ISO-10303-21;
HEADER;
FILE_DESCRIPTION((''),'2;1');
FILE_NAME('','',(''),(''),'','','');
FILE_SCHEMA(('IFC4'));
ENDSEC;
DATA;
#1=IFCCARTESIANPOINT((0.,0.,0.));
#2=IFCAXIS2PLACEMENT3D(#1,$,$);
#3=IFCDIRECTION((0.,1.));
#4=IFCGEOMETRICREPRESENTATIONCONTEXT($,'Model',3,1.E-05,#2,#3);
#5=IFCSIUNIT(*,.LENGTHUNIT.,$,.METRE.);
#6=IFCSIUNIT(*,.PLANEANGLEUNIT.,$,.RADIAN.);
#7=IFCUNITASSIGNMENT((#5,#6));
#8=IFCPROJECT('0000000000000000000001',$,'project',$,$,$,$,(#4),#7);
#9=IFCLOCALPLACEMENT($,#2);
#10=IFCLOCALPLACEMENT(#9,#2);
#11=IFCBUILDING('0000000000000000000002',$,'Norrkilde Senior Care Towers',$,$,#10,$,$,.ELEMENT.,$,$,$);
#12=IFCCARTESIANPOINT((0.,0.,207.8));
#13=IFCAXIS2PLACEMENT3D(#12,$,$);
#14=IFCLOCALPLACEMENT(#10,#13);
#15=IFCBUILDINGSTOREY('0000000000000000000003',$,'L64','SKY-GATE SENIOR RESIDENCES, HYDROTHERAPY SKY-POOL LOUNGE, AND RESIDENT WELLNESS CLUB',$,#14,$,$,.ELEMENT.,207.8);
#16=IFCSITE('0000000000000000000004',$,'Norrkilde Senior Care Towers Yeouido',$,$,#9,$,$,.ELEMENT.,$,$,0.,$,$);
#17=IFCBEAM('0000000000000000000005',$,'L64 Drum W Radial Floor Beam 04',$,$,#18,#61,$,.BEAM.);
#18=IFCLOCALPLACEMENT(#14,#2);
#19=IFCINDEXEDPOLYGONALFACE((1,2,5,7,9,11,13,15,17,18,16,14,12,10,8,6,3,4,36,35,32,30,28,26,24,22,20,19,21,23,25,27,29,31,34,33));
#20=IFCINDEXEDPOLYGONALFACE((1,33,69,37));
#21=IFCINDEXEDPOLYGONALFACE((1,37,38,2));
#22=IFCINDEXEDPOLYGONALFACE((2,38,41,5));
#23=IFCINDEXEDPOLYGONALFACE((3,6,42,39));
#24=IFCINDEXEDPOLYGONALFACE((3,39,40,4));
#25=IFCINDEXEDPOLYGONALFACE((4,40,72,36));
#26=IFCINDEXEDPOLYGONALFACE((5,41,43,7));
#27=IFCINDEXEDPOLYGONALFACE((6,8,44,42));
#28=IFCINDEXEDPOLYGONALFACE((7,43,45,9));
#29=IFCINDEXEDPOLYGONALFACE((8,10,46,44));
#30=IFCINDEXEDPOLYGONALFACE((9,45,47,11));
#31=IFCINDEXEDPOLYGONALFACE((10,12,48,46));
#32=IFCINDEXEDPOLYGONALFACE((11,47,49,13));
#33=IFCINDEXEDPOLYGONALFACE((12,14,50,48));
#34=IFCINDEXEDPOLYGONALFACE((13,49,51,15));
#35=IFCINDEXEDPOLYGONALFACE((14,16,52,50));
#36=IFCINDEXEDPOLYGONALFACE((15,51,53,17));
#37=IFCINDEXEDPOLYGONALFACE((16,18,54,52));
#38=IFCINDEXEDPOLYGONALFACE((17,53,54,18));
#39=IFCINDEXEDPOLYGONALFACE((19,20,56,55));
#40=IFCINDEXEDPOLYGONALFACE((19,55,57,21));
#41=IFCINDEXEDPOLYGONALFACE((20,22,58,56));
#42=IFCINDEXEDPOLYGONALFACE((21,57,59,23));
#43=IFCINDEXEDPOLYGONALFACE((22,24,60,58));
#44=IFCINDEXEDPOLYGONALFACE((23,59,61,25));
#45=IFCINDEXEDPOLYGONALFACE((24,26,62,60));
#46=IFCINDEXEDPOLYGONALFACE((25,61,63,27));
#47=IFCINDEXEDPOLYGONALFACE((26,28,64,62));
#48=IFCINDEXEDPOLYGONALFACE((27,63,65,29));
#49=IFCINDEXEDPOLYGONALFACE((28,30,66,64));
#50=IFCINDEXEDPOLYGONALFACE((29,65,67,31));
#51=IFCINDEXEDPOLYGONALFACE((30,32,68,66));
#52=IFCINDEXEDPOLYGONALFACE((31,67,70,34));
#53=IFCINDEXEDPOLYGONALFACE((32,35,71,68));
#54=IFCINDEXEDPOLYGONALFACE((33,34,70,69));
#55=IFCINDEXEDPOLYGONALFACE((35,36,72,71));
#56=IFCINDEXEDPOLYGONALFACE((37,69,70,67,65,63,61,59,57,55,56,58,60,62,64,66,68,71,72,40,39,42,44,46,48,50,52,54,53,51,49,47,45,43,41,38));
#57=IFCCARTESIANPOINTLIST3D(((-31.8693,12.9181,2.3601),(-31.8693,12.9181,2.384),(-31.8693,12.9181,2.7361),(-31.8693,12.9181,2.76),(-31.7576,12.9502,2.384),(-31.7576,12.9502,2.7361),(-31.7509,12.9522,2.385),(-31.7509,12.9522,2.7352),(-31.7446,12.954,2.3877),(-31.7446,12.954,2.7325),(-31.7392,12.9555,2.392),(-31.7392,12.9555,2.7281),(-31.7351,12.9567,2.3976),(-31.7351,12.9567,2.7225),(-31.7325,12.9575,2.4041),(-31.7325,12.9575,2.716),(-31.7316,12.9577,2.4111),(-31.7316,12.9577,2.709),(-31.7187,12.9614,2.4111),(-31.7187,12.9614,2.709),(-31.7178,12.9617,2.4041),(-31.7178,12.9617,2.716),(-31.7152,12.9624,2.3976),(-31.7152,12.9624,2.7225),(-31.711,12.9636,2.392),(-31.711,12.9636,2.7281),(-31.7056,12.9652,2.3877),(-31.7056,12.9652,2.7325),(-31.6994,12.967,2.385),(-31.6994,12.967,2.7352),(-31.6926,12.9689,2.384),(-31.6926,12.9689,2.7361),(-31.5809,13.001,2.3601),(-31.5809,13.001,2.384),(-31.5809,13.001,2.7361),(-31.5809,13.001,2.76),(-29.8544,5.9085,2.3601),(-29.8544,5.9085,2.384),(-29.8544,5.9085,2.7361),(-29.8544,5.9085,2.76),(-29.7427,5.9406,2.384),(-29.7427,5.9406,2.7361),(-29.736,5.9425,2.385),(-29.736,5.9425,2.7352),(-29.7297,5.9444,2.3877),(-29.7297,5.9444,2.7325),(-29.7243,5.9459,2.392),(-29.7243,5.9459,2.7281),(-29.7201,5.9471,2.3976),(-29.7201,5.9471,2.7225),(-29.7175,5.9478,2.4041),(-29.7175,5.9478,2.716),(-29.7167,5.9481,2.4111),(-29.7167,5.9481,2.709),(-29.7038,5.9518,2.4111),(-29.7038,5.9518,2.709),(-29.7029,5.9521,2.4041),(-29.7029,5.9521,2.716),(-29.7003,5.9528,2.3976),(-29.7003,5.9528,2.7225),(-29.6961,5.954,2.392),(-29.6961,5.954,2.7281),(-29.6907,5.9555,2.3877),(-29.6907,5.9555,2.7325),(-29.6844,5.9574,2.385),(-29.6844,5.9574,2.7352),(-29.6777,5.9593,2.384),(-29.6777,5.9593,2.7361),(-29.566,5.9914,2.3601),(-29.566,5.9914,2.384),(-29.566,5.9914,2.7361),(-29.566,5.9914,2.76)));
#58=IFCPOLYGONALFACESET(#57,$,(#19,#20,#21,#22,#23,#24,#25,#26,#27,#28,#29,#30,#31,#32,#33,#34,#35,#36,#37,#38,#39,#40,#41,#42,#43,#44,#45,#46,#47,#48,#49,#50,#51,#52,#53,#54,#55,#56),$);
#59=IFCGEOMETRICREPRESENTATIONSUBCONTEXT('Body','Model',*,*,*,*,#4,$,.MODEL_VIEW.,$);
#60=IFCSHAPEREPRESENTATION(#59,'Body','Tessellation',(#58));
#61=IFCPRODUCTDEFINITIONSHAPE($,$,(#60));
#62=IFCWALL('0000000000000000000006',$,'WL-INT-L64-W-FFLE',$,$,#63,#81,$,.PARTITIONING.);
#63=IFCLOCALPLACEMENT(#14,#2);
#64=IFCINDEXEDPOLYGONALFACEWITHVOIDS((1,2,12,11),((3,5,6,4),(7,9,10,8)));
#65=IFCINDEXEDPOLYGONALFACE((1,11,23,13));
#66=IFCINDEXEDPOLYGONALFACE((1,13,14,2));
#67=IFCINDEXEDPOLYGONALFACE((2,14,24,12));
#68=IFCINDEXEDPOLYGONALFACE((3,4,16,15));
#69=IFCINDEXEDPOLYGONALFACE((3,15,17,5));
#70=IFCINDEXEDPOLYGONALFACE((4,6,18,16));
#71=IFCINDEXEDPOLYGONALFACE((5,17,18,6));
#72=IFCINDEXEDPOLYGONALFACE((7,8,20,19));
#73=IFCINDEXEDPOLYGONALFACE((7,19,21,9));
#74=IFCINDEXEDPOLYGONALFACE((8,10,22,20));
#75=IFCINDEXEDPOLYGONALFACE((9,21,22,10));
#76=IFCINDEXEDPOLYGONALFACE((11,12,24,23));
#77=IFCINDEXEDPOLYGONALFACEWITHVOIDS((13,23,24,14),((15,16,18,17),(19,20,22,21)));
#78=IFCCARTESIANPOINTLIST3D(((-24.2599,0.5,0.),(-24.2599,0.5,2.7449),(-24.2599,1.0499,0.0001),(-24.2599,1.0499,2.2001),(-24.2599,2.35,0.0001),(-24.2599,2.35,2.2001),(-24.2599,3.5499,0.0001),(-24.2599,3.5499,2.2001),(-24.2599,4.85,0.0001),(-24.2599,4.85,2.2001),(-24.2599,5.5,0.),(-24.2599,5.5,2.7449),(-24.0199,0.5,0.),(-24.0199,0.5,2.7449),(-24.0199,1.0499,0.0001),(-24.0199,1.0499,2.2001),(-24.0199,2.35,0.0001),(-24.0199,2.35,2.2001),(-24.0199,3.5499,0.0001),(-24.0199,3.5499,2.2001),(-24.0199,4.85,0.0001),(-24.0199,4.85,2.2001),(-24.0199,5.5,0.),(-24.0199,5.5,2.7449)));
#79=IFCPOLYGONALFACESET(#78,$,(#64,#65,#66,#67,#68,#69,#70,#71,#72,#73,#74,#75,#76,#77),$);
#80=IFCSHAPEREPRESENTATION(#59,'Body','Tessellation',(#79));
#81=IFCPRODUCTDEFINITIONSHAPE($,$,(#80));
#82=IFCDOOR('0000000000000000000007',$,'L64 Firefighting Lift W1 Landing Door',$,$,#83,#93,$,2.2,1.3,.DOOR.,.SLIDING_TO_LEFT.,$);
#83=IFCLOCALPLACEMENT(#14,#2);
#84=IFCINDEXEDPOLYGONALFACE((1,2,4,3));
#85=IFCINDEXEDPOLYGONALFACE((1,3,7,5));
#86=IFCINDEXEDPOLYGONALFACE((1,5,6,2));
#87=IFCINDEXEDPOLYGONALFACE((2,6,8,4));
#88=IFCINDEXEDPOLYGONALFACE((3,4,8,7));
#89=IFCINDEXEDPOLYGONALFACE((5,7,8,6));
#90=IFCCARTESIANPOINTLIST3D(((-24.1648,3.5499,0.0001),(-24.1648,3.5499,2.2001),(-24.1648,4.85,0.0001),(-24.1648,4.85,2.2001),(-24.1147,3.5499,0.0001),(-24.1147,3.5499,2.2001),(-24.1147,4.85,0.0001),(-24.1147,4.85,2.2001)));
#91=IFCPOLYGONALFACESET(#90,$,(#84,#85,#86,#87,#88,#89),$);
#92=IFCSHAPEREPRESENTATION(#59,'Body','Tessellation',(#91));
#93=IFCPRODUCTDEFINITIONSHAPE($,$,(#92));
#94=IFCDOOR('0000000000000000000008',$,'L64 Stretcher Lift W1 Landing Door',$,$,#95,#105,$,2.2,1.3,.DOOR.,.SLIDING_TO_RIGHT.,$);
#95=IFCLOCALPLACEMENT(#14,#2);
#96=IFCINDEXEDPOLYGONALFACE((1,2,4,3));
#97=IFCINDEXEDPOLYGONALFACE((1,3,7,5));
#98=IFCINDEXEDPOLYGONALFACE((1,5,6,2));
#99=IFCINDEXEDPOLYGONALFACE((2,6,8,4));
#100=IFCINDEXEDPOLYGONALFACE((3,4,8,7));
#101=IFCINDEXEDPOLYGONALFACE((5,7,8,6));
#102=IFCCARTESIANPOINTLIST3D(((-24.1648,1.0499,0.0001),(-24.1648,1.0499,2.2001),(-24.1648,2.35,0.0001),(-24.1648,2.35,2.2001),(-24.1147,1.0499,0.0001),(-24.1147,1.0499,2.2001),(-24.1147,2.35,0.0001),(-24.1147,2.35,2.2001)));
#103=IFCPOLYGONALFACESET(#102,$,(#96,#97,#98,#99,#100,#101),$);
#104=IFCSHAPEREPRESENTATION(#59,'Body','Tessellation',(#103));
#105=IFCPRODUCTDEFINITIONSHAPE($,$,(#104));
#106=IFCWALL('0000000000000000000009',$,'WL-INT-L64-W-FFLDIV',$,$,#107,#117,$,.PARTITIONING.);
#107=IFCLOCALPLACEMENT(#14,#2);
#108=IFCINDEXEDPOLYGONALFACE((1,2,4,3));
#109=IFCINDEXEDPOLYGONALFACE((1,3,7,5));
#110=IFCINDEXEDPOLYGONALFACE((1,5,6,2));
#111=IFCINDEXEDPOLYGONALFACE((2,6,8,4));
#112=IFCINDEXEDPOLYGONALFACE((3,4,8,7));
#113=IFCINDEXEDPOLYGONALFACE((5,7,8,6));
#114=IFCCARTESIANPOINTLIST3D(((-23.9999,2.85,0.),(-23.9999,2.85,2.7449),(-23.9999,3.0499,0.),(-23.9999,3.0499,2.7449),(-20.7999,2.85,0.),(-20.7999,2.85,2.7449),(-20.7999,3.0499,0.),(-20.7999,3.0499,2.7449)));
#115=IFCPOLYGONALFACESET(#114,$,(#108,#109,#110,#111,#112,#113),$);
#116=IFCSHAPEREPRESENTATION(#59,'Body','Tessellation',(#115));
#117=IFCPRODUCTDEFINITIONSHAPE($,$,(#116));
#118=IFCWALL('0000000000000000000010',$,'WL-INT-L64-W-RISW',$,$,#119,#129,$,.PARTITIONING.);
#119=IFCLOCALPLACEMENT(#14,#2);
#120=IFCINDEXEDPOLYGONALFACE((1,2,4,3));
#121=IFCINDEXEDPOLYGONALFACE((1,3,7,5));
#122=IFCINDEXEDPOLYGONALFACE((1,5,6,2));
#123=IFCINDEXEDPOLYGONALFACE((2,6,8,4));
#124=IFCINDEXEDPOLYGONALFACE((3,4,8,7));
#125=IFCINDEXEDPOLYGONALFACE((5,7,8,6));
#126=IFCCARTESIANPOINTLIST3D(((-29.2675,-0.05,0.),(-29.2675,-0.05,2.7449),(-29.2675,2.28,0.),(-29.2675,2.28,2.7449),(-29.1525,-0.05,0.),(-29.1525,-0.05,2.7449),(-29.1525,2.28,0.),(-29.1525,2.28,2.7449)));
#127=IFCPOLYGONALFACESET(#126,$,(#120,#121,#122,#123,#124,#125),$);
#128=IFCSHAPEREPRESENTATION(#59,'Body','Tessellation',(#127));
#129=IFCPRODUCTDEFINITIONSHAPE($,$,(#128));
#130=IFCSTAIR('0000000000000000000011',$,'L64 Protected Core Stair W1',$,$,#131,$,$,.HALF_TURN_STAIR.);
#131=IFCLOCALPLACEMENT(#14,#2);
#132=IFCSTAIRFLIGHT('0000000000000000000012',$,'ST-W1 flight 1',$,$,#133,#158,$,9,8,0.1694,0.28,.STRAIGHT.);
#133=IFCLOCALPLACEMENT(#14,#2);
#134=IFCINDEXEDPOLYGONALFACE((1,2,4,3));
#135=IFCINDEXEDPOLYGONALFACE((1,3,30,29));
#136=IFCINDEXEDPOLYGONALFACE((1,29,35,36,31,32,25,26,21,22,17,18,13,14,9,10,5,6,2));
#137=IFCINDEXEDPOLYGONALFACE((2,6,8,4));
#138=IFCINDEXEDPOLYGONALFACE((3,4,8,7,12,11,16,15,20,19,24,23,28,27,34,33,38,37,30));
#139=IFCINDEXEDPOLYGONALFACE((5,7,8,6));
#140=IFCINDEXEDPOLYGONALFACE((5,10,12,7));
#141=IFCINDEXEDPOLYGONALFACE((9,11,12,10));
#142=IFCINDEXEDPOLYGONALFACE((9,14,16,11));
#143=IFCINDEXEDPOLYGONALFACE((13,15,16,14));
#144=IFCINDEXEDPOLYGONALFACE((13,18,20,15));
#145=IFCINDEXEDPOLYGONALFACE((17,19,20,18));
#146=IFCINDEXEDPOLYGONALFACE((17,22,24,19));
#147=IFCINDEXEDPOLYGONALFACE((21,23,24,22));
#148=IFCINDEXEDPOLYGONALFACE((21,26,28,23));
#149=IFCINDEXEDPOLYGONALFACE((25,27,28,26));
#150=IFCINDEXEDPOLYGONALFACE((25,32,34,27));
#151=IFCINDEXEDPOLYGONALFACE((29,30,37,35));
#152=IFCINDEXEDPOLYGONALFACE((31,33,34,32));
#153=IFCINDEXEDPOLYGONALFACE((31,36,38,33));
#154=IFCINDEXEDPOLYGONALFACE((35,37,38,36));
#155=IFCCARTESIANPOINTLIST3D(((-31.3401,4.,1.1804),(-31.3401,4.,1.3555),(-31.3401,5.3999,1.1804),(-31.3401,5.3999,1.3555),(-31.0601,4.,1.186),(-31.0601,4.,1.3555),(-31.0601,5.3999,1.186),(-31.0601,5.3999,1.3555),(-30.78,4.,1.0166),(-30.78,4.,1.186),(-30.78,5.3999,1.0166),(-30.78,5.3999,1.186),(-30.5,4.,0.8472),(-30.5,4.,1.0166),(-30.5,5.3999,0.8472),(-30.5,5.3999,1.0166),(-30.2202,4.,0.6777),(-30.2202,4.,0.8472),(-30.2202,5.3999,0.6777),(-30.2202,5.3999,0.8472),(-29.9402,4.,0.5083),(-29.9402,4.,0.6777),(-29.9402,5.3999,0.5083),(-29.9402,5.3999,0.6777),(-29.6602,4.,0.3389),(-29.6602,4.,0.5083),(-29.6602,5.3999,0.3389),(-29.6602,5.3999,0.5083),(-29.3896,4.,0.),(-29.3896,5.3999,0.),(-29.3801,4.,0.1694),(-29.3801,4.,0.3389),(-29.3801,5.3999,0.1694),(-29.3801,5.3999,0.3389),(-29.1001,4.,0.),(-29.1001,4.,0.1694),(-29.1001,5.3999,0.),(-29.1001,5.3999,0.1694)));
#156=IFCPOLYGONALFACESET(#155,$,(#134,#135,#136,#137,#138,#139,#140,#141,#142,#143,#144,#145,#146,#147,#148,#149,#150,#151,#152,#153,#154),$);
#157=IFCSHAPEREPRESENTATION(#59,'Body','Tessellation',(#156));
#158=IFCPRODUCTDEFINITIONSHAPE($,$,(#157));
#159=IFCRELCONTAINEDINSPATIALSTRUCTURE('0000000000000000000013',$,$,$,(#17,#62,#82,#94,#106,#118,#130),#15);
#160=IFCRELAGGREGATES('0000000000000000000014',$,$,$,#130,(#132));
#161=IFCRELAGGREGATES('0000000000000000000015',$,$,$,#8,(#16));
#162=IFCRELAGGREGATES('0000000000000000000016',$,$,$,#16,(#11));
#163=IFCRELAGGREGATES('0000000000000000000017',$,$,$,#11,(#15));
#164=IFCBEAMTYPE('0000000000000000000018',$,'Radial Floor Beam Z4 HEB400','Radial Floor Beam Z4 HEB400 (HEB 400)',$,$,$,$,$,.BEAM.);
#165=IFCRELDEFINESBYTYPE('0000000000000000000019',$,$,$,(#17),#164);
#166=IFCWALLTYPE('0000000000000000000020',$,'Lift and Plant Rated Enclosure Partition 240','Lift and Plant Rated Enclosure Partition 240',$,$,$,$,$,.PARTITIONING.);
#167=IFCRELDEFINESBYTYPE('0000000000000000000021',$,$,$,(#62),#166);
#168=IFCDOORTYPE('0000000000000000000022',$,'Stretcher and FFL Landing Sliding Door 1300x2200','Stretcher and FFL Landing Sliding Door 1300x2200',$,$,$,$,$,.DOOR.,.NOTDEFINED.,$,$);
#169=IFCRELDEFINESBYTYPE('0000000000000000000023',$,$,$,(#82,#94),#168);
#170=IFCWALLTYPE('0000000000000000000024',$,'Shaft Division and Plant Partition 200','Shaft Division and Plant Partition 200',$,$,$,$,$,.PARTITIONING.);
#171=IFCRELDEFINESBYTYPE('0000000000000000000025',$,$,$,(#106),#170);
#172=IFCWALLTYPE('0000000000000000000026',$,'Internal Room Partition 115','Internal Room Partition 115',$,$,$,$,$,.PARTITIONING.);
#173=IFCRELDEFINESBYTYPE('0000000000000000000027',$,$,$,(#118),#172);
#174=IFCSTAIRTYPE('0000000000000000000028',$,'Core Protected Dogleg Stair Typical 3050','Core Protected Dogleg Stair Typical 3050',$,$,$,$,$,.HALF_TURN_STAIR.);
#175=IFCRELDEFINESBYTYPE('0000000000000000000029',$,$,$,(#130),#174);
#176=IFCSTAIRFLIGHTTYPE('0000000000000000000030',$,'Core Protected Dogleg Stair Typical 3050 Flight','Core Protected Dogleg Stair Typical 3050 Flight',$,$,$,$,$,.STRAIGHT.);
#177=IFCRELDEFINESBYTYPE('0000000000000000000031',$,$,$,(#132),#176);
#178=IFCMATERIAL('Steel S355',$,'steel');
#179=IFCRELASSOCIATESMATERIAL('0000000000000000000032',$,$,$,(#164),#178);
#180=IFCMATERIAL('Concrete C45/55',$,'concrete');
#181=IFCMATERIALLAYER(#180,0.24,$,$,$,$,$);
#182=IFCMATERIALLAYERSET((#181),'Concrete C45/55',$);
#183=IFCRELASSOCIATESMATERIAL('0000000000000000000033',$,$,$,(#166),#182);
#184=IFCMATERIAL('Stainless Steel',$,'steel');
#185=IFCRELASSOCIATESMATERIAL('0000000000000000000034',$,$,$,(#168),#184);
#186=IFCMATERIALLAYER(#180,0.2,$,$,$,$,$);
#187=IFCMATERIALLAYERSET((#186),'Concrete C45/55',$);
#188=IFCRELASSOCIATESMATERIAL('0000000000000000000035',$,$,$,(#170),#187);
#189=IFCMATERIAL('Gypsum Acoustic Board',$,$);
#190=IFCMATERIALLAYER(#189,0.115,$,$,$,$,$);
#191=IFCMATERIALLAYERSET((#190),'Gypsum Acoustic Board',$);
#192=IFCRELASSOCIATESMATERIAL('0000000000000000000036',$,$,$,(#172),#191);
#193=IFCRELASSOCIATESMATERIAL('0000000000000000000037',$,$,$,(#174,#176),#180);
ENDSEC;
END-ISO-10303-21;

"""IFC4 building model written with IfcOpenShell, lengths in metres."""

from ifc_helpers import new_model, si_unit, direction, frame, frame_2d, origin, origin_2d, place, context, subcontext, project, spatial, polyline, rectangle, i_section, outline, extrude, source, transform, mapped, material, layer, layer_set, material_profile, profile_set, type_object, type_shapes, element, fill, aggregate, save


model = new_model("IFC4")

# Units and contexts
model_context = context("Model", 3, precision=1e-05, world=origin(), true_north=direction((0.0, 1.0)))
body_context = subcontext(model_context, "Body", "Model", "MODEL_VIEW")
ifc_project = project(units=[si_unit("LENGTHUNIT", "METRE"), si_unit("PLANEANGLEUNIT", "RADIAN")], contexts=[model_context])

# Site, building, storey
site_placement = place(None, origin())
site = spatial("IfcSite", under=ifc_project, at=site_placement, Name="Norrkilde Senior Care Towers Yeouido", CompositionType="ELEMENT", RefElevation=0.0)
building_placement = place(site_placement, origin())
building = spatial("IfcBuilding", under=site, at=building_placement, Name="Norrkilde Senior Care Towers", CompositionType="ELEMENT")
storey_placement = place(building_placement, frame((0.0, 0.0, 207.8)))
storey = spatial("IfcBuildingStorey", under=building, at=storey_placement, Name="L64", Description="SKY-GATE SENIOR RESIDENCES, HYDROTHERAPY SKY-POOL LOUNGE, AND RESIDENT WELLNESS CLUB", CompositionType="ELEMENT", Elevation=207.8)

# Beam
ifc_material_1 = material(Name="Steel S355", Category="steel")
ifc_material_profile = material_profile(ifc_material_1, i_section(OverallWidth=0.3, OverallDepth=0.3999, WebThickness=0.0134, FlangeThickness=0.0239, FilletRadius=0.0271, at=origin_2d()), Name="HEB 400")
ifc_profile_set = profile_set([ifc_material_profile], Name="Steel S355")
beam_type = type_object("IfcBeamType", Name="Radial Floor Beam Z4 HEB400", Description="Radial Floor Beam Z4 HEB400 (HEB 400)", PredefinedType="BEAM", material=ifc_profile_set)
shared_shape_1 = source(origin(), body_context, "Body", "SweptSolid", [
    extrude(i_section(OverallWidth=0.3, OverallDepth=0.3999, WebThickness=0.0134, FlangeThickness=0.0239, FilletRadius=0.0271, at=origin_2d()), origin(), (0.0, 0.0, 1.0), 7.2935),
])
type_shapes(beam_type, [shared_shape_1])
beam_placement = place(storey_placement, frame((-29.7102, 5.95, 2.5601), z_axis=(-0.276264, 0.961082, 0.0), x_axis=(-0.961082, -0.276264, 0.0)))
element("IfcBeam", 1, at=beam_placement, inside=storey, type_object=beam_type, Name="L64 Drum W Radial Floor Beam 04", PredefinedType="BEAM", context=body_context, shape_type="MappedRepresentation", body=[
    mapped(shared_shape_1, transform((0.0, 0.0, 0.0), x_axis=(1.0, 0.0, 0.0), y_axis=(0.0, 1.0, 0.0), z_axis=(0.0, 0.0, 1.0), scale=1.0)),
])

# Shared definitions
ifc_material_2 = material(Name="Concrete C45/55", Category="concrete")

# Wall, openings, doors
ifc_layer_1 = layer(ifc_material_2, 0.24)
ifc_layer_set_1 = layer_set([ifc_layer_1], Name="Concrete C45/55")
wall_type_1 = type_object("IfcWallType", Name="Lift and Plant Rated Enclosure Partition 240", Description="Lift and Plant Rated Enclosure Partition 240", PredefinedType="PARTITIONING", material=ifc_layer_set_1)
shared_shape_2 = source(origin(), body_context, "Body", "SweptSolid", [
    extrude(rectangle(XDim=5.0, YDim=0.24, at=frame_2d((2.5, 0.0))), origin(), (0.0, 0.0, 1.0), 2.7449),
])
type_shapes(wall_type_1, [shared_shape_2])
wall_1_placement = place(storey_placement, frame((-24.1399, 0.5, 0.0), z_axis=(0.0, 0.0, 1.0), x_axis=(0.0, 1.0, 0.0)))
wall_1 = element("IfcWall", 2, at=wall_1_placement, inside=storey, type_object=wall_type_1, Name="WL-INT-L64-W-FFLE", PredefinedType="PARTITIONING", context=body_context, shape_type="MappedRepresentation", body=[
    mapped(shared_shape_2, transform((0.0, 0.0, 0.0), x_axis=(1.0, 0.0, 0.0), y_axis=(0.0, 1.0, 0.0), z_axis=(0.0, 0.0, 1.0), scale=1.0)),
])
opening_1_placement = place(wall_1_placement, frame((3.05, 0.0, 0.0)))
opening_1 = element("IfcOpeningElement", 3, at=opening_1_placement, cuts=wall_1, PredefinedType="OPENING", context=body_context, shape_type="SweptSolid", body=[
    extrude(rectangle(XDim=1.3, YDim=2.2, at=frame_2d((0.6499, 1.1001))), frame((0.0, 0.1299, 0.0), z_axis=(0.0, -1.0, 0.0), x_axis=(1.0, 0.0, 0.0)), (0.0, 0.0, 1.0), 0.26),
])
opening_2_placement = place(wall_1_placement, frame((0.55, 0.0, 0.0)))
opening_2 = element("IfcOpeningElement", 4, at=opening_2_placement, cuts=wall_1, PredefinedType="OPENING", context=body_context, shape_type="SweptSolid", body=[
    extrude(rectangle(XDim=1.3, YDim=2.2, at=frame_2d((0.6499, 1.1001))), frame((0.0, 0.1299, 0.0), z_axis=(0.0, -1.0, 0.0), x_axis=(1.0, 0.0, 0.0)), (0.0, 0.0, 1.0), 0.26),
])
ifc_material_3 = material(Name="Stainless Steel", Category="steel")
door_type_1 = type_object("IfcDoorType", Name="Stretcher and FFL Landing Sliding Door 1300x2200", Description="Stretcher and FFL Landing Sliding Door 1300x2200", OperationType="NOTDEFINED", PredefinedType="DOOR", material=ifc_material_3)
shared_shape_3 = source(origin(), body_context, "Body", "SweptSolid", [
    extrude(rectangle(XDim=1.3, YDim=2.2, at=frame_2d((0.6499, 1.1001))), frame((0.0, 0.0249, 0.0), z_axis=(0.0, -1.0, 0.0), x_axis=(1.0, 0.0, 0.0)), (0.0, 0.0, 1.0), 0.05),
])
type_shapes(door_type_1, [shared_shape_3])
door_1_placement = place(opening_1_placement, origin())
door_1 = element("IfcDoor", 5, at=door_1_placement, inside=storey, type_object=door_type_1, Name="L64 Firefighting Lift W1 Landing Door", OperationType="SLIDING_TO_LEFT", OverallHeight=2.2, OverallWidth=1.3, PredefinedType="DOOR", context=body_context, shape_type="MappedRepresentation", body=[
    mapped(shared_shape_3, transform((0.0, 0.0, 0.0), x_axis=(1.0, 0.0, 0.0), y_axis=(0.0, 1.0, 0.0), z_axis=(0.0, 0.0, 1.0), scale=1.0)),
])
fill(opening_1, door_1)
door_2_placement = place(opening_2_placement, origin())
door_2 = element("IfcDoor", 6, at=door_2_placement, inside=storey, type_object=door_type_1, Name="L64 Stretcher Lift W1 Landing Door", OperationType="SLIDING_TO_RIGHT", OverallHeight=2.2, OverallWidth=1.3, PredefinedType="DOOR", context=body_context, shape_type="MappedRepresentation", body=[
    mapped(shared_shape_3, transform((0.0, 0.0, 0.0), x_axis=(1.0, 0.0, 0.0), y_axis=(0.0, 1.0, 0.0), z_axis=(0.0, 0.0, 1.0), scale=1.0)),
])
fill(opening_2, door_2)

# Wall
ifc_layer_2 = layer(ifc_material_2, 0.2)
ifc_layer_set_2 = layer_set([ifc_layer_2], Name="Concrete C45/55")
wall_type_2 = type_object("IfcWallType", Name="Shaft Division and Plant Partition 200", Description="Shaft Division and Plant Partition 200", PredefinedType="PARTITIONING", material=ifc_layer_set_2)
shared_shape_4 = source(origin(), body_context, "Body", "SweptSolid", [
    extrude(rectangle(XDim=3.2, YDim=0.2, at=frame_2d((1.6001, 0.0))), origin(), (0.0, 0.0, 1.0), 2.7449),
])
type_shapes(wall_type_2, [shared_shape_4])
wall_2_placement = place(storey_placement, frame((-24.0, 2.95, 0.0), z_axis=(0.0, 0.0, 1.0), x_axis=(1.0, 0.0, 0.0)))
element("IfcWall", 7, at=wall_2_placement, inside=storey, type_object=wall_type_2, Name="WL-INT-L64-W-FFLDIV", PredefinedType="PARTITIONING", context=body_context, shape_type="MappedRepresentation", body=[
    mapped(shared_shape_4, transform((0.0, 0.0, 0.0), x_axis=(1.0, 0.0, 0.0), y_axis=(0.0, 1.0, 0.0), z_axis=(0.0, 0.0, 1.0), scale=1.0)),
])

# Wall
ifc_material_4 = material(Name="Gypsum Acoustic Board")
ifc_layer_3 = layer(ifc_material_4, 0.115)
ifc_layer_set_3 = layer_set([ifc_layer_3], Name="Gypsum Acoustic Board")
wall_type_3 = type_object("IfcWallType", Name="Internal Room Partition 115", Description="Internal Room Partition 115", PredefinedType="PARTITIONING", material=ifc_layer_set_3)
shared_shape_5 = source(origin(), body_context, "Body", "SweptSolid", [
    extrude(rectangle(XDim=2.3301, YDim=0.115, at=frame_2d((1.165, 0.0))), origin(), (0.0, 0.0, 1.0), 2.7449),
])
type_shapes(wall_type_3, [shared_shape_5])
wall_3_placement = place(storey_placement, frame((-29.21, -0.05, 0.0), z_axis=(0.0, 0.0, 1.0), x_axis=(0.0, 1.0, 0.0)))
element("IfcWall", 8, at=wall_3_placement, inside=storey, type_object=wall_type_3, Name="WL-INT-L64-W-RISW", PredefinedType="PARTITIONING", context=body_context, shape_type="MappedRepresentation", body=[
    mapped(shared_shape_5, transform((0.0, 0.0, 0.0), x_axis=(1.0, 0.0, 0.0), y_axis=(0.0, 1.0, 0.0), z_axis=(0.0, 0.0, 1.0), scale=1.0)),
])

# Stair, stair flight
stair_type = type_object("IfcStairType", Name="Core Protected Dogleg Stair Typical 3050", Description="Core Protected Dogleg Stair Typical 3050", PredefinedType="HALF_TURN_STAIR", material=ifc_material_2)
stair_placement = place(storey_placement, origin())
stair = element("IfcStair", 9, at=stair_placement, inside=storey, type_object=stair_type, Name="L64 Protected Core Stair W1", PredefinedType="HALF_TURN_STAIR")
stair_flight_type = type_object("IfcStairFlightType", Name="Core Protected Dogleg Stair Typical 3050 Flight", Description="Core Protected Dogleg Stair Typical 3050 Flight", PredefinedType="STRAIGHT", material=ifc_material_2)
stair_flight_1_placement = place(storey_placement, frame((-29.1001, 4.7, 0.0), z_axis=(0.0, 0.0, 1.0), x_axis=(-1.0, 0.0, 0.0)))
stair_flight_1 = element("IfcStairFlight", 10, at=stair_flight_1_placement, type_object=stair_flight_type, Name="ST-W1 flight 1", NumberOfRisers=9, NumberOfTreads=8, PredefinedType="STRAIGHT", RiserHeight=0.1694, TreadLength=0.28, context=body_context, shape_type="SweptSolid", body=[
    extrude(outline(polyline([(0.0, 0.0), (0.0, 0.1694), (0.28, 0.1694), (0.28, 0.3389), (0.5601, 0.3389), (0.5601, 0.5083), (0.8401, 0.5083), (0.8401, 0.6777), (1.1201, 0.6777), (1.1201, 0.8472), (1.3999, 0.8472), (1.3999, 1.0166), (1.6799, 1.0166), (1.6799, 1.186), (1.96, 1.186), (1.96, 1.3555), (2.24, 1.3555), (2.24, 1.5249), (2.24, 1.1804), (0.2896, 0.0), (0.0, 0.0)])), frame((0.0, 0.7, 0.0), z_axis=(0.0, -1.0, 0.0), x_axis=(1.0, 0.0, 0.0)), (0.0, 0.0, 1.0), 1.3999),
])
aggregate(stair, [stair_flight_1])

save(model, "model.ifc")
